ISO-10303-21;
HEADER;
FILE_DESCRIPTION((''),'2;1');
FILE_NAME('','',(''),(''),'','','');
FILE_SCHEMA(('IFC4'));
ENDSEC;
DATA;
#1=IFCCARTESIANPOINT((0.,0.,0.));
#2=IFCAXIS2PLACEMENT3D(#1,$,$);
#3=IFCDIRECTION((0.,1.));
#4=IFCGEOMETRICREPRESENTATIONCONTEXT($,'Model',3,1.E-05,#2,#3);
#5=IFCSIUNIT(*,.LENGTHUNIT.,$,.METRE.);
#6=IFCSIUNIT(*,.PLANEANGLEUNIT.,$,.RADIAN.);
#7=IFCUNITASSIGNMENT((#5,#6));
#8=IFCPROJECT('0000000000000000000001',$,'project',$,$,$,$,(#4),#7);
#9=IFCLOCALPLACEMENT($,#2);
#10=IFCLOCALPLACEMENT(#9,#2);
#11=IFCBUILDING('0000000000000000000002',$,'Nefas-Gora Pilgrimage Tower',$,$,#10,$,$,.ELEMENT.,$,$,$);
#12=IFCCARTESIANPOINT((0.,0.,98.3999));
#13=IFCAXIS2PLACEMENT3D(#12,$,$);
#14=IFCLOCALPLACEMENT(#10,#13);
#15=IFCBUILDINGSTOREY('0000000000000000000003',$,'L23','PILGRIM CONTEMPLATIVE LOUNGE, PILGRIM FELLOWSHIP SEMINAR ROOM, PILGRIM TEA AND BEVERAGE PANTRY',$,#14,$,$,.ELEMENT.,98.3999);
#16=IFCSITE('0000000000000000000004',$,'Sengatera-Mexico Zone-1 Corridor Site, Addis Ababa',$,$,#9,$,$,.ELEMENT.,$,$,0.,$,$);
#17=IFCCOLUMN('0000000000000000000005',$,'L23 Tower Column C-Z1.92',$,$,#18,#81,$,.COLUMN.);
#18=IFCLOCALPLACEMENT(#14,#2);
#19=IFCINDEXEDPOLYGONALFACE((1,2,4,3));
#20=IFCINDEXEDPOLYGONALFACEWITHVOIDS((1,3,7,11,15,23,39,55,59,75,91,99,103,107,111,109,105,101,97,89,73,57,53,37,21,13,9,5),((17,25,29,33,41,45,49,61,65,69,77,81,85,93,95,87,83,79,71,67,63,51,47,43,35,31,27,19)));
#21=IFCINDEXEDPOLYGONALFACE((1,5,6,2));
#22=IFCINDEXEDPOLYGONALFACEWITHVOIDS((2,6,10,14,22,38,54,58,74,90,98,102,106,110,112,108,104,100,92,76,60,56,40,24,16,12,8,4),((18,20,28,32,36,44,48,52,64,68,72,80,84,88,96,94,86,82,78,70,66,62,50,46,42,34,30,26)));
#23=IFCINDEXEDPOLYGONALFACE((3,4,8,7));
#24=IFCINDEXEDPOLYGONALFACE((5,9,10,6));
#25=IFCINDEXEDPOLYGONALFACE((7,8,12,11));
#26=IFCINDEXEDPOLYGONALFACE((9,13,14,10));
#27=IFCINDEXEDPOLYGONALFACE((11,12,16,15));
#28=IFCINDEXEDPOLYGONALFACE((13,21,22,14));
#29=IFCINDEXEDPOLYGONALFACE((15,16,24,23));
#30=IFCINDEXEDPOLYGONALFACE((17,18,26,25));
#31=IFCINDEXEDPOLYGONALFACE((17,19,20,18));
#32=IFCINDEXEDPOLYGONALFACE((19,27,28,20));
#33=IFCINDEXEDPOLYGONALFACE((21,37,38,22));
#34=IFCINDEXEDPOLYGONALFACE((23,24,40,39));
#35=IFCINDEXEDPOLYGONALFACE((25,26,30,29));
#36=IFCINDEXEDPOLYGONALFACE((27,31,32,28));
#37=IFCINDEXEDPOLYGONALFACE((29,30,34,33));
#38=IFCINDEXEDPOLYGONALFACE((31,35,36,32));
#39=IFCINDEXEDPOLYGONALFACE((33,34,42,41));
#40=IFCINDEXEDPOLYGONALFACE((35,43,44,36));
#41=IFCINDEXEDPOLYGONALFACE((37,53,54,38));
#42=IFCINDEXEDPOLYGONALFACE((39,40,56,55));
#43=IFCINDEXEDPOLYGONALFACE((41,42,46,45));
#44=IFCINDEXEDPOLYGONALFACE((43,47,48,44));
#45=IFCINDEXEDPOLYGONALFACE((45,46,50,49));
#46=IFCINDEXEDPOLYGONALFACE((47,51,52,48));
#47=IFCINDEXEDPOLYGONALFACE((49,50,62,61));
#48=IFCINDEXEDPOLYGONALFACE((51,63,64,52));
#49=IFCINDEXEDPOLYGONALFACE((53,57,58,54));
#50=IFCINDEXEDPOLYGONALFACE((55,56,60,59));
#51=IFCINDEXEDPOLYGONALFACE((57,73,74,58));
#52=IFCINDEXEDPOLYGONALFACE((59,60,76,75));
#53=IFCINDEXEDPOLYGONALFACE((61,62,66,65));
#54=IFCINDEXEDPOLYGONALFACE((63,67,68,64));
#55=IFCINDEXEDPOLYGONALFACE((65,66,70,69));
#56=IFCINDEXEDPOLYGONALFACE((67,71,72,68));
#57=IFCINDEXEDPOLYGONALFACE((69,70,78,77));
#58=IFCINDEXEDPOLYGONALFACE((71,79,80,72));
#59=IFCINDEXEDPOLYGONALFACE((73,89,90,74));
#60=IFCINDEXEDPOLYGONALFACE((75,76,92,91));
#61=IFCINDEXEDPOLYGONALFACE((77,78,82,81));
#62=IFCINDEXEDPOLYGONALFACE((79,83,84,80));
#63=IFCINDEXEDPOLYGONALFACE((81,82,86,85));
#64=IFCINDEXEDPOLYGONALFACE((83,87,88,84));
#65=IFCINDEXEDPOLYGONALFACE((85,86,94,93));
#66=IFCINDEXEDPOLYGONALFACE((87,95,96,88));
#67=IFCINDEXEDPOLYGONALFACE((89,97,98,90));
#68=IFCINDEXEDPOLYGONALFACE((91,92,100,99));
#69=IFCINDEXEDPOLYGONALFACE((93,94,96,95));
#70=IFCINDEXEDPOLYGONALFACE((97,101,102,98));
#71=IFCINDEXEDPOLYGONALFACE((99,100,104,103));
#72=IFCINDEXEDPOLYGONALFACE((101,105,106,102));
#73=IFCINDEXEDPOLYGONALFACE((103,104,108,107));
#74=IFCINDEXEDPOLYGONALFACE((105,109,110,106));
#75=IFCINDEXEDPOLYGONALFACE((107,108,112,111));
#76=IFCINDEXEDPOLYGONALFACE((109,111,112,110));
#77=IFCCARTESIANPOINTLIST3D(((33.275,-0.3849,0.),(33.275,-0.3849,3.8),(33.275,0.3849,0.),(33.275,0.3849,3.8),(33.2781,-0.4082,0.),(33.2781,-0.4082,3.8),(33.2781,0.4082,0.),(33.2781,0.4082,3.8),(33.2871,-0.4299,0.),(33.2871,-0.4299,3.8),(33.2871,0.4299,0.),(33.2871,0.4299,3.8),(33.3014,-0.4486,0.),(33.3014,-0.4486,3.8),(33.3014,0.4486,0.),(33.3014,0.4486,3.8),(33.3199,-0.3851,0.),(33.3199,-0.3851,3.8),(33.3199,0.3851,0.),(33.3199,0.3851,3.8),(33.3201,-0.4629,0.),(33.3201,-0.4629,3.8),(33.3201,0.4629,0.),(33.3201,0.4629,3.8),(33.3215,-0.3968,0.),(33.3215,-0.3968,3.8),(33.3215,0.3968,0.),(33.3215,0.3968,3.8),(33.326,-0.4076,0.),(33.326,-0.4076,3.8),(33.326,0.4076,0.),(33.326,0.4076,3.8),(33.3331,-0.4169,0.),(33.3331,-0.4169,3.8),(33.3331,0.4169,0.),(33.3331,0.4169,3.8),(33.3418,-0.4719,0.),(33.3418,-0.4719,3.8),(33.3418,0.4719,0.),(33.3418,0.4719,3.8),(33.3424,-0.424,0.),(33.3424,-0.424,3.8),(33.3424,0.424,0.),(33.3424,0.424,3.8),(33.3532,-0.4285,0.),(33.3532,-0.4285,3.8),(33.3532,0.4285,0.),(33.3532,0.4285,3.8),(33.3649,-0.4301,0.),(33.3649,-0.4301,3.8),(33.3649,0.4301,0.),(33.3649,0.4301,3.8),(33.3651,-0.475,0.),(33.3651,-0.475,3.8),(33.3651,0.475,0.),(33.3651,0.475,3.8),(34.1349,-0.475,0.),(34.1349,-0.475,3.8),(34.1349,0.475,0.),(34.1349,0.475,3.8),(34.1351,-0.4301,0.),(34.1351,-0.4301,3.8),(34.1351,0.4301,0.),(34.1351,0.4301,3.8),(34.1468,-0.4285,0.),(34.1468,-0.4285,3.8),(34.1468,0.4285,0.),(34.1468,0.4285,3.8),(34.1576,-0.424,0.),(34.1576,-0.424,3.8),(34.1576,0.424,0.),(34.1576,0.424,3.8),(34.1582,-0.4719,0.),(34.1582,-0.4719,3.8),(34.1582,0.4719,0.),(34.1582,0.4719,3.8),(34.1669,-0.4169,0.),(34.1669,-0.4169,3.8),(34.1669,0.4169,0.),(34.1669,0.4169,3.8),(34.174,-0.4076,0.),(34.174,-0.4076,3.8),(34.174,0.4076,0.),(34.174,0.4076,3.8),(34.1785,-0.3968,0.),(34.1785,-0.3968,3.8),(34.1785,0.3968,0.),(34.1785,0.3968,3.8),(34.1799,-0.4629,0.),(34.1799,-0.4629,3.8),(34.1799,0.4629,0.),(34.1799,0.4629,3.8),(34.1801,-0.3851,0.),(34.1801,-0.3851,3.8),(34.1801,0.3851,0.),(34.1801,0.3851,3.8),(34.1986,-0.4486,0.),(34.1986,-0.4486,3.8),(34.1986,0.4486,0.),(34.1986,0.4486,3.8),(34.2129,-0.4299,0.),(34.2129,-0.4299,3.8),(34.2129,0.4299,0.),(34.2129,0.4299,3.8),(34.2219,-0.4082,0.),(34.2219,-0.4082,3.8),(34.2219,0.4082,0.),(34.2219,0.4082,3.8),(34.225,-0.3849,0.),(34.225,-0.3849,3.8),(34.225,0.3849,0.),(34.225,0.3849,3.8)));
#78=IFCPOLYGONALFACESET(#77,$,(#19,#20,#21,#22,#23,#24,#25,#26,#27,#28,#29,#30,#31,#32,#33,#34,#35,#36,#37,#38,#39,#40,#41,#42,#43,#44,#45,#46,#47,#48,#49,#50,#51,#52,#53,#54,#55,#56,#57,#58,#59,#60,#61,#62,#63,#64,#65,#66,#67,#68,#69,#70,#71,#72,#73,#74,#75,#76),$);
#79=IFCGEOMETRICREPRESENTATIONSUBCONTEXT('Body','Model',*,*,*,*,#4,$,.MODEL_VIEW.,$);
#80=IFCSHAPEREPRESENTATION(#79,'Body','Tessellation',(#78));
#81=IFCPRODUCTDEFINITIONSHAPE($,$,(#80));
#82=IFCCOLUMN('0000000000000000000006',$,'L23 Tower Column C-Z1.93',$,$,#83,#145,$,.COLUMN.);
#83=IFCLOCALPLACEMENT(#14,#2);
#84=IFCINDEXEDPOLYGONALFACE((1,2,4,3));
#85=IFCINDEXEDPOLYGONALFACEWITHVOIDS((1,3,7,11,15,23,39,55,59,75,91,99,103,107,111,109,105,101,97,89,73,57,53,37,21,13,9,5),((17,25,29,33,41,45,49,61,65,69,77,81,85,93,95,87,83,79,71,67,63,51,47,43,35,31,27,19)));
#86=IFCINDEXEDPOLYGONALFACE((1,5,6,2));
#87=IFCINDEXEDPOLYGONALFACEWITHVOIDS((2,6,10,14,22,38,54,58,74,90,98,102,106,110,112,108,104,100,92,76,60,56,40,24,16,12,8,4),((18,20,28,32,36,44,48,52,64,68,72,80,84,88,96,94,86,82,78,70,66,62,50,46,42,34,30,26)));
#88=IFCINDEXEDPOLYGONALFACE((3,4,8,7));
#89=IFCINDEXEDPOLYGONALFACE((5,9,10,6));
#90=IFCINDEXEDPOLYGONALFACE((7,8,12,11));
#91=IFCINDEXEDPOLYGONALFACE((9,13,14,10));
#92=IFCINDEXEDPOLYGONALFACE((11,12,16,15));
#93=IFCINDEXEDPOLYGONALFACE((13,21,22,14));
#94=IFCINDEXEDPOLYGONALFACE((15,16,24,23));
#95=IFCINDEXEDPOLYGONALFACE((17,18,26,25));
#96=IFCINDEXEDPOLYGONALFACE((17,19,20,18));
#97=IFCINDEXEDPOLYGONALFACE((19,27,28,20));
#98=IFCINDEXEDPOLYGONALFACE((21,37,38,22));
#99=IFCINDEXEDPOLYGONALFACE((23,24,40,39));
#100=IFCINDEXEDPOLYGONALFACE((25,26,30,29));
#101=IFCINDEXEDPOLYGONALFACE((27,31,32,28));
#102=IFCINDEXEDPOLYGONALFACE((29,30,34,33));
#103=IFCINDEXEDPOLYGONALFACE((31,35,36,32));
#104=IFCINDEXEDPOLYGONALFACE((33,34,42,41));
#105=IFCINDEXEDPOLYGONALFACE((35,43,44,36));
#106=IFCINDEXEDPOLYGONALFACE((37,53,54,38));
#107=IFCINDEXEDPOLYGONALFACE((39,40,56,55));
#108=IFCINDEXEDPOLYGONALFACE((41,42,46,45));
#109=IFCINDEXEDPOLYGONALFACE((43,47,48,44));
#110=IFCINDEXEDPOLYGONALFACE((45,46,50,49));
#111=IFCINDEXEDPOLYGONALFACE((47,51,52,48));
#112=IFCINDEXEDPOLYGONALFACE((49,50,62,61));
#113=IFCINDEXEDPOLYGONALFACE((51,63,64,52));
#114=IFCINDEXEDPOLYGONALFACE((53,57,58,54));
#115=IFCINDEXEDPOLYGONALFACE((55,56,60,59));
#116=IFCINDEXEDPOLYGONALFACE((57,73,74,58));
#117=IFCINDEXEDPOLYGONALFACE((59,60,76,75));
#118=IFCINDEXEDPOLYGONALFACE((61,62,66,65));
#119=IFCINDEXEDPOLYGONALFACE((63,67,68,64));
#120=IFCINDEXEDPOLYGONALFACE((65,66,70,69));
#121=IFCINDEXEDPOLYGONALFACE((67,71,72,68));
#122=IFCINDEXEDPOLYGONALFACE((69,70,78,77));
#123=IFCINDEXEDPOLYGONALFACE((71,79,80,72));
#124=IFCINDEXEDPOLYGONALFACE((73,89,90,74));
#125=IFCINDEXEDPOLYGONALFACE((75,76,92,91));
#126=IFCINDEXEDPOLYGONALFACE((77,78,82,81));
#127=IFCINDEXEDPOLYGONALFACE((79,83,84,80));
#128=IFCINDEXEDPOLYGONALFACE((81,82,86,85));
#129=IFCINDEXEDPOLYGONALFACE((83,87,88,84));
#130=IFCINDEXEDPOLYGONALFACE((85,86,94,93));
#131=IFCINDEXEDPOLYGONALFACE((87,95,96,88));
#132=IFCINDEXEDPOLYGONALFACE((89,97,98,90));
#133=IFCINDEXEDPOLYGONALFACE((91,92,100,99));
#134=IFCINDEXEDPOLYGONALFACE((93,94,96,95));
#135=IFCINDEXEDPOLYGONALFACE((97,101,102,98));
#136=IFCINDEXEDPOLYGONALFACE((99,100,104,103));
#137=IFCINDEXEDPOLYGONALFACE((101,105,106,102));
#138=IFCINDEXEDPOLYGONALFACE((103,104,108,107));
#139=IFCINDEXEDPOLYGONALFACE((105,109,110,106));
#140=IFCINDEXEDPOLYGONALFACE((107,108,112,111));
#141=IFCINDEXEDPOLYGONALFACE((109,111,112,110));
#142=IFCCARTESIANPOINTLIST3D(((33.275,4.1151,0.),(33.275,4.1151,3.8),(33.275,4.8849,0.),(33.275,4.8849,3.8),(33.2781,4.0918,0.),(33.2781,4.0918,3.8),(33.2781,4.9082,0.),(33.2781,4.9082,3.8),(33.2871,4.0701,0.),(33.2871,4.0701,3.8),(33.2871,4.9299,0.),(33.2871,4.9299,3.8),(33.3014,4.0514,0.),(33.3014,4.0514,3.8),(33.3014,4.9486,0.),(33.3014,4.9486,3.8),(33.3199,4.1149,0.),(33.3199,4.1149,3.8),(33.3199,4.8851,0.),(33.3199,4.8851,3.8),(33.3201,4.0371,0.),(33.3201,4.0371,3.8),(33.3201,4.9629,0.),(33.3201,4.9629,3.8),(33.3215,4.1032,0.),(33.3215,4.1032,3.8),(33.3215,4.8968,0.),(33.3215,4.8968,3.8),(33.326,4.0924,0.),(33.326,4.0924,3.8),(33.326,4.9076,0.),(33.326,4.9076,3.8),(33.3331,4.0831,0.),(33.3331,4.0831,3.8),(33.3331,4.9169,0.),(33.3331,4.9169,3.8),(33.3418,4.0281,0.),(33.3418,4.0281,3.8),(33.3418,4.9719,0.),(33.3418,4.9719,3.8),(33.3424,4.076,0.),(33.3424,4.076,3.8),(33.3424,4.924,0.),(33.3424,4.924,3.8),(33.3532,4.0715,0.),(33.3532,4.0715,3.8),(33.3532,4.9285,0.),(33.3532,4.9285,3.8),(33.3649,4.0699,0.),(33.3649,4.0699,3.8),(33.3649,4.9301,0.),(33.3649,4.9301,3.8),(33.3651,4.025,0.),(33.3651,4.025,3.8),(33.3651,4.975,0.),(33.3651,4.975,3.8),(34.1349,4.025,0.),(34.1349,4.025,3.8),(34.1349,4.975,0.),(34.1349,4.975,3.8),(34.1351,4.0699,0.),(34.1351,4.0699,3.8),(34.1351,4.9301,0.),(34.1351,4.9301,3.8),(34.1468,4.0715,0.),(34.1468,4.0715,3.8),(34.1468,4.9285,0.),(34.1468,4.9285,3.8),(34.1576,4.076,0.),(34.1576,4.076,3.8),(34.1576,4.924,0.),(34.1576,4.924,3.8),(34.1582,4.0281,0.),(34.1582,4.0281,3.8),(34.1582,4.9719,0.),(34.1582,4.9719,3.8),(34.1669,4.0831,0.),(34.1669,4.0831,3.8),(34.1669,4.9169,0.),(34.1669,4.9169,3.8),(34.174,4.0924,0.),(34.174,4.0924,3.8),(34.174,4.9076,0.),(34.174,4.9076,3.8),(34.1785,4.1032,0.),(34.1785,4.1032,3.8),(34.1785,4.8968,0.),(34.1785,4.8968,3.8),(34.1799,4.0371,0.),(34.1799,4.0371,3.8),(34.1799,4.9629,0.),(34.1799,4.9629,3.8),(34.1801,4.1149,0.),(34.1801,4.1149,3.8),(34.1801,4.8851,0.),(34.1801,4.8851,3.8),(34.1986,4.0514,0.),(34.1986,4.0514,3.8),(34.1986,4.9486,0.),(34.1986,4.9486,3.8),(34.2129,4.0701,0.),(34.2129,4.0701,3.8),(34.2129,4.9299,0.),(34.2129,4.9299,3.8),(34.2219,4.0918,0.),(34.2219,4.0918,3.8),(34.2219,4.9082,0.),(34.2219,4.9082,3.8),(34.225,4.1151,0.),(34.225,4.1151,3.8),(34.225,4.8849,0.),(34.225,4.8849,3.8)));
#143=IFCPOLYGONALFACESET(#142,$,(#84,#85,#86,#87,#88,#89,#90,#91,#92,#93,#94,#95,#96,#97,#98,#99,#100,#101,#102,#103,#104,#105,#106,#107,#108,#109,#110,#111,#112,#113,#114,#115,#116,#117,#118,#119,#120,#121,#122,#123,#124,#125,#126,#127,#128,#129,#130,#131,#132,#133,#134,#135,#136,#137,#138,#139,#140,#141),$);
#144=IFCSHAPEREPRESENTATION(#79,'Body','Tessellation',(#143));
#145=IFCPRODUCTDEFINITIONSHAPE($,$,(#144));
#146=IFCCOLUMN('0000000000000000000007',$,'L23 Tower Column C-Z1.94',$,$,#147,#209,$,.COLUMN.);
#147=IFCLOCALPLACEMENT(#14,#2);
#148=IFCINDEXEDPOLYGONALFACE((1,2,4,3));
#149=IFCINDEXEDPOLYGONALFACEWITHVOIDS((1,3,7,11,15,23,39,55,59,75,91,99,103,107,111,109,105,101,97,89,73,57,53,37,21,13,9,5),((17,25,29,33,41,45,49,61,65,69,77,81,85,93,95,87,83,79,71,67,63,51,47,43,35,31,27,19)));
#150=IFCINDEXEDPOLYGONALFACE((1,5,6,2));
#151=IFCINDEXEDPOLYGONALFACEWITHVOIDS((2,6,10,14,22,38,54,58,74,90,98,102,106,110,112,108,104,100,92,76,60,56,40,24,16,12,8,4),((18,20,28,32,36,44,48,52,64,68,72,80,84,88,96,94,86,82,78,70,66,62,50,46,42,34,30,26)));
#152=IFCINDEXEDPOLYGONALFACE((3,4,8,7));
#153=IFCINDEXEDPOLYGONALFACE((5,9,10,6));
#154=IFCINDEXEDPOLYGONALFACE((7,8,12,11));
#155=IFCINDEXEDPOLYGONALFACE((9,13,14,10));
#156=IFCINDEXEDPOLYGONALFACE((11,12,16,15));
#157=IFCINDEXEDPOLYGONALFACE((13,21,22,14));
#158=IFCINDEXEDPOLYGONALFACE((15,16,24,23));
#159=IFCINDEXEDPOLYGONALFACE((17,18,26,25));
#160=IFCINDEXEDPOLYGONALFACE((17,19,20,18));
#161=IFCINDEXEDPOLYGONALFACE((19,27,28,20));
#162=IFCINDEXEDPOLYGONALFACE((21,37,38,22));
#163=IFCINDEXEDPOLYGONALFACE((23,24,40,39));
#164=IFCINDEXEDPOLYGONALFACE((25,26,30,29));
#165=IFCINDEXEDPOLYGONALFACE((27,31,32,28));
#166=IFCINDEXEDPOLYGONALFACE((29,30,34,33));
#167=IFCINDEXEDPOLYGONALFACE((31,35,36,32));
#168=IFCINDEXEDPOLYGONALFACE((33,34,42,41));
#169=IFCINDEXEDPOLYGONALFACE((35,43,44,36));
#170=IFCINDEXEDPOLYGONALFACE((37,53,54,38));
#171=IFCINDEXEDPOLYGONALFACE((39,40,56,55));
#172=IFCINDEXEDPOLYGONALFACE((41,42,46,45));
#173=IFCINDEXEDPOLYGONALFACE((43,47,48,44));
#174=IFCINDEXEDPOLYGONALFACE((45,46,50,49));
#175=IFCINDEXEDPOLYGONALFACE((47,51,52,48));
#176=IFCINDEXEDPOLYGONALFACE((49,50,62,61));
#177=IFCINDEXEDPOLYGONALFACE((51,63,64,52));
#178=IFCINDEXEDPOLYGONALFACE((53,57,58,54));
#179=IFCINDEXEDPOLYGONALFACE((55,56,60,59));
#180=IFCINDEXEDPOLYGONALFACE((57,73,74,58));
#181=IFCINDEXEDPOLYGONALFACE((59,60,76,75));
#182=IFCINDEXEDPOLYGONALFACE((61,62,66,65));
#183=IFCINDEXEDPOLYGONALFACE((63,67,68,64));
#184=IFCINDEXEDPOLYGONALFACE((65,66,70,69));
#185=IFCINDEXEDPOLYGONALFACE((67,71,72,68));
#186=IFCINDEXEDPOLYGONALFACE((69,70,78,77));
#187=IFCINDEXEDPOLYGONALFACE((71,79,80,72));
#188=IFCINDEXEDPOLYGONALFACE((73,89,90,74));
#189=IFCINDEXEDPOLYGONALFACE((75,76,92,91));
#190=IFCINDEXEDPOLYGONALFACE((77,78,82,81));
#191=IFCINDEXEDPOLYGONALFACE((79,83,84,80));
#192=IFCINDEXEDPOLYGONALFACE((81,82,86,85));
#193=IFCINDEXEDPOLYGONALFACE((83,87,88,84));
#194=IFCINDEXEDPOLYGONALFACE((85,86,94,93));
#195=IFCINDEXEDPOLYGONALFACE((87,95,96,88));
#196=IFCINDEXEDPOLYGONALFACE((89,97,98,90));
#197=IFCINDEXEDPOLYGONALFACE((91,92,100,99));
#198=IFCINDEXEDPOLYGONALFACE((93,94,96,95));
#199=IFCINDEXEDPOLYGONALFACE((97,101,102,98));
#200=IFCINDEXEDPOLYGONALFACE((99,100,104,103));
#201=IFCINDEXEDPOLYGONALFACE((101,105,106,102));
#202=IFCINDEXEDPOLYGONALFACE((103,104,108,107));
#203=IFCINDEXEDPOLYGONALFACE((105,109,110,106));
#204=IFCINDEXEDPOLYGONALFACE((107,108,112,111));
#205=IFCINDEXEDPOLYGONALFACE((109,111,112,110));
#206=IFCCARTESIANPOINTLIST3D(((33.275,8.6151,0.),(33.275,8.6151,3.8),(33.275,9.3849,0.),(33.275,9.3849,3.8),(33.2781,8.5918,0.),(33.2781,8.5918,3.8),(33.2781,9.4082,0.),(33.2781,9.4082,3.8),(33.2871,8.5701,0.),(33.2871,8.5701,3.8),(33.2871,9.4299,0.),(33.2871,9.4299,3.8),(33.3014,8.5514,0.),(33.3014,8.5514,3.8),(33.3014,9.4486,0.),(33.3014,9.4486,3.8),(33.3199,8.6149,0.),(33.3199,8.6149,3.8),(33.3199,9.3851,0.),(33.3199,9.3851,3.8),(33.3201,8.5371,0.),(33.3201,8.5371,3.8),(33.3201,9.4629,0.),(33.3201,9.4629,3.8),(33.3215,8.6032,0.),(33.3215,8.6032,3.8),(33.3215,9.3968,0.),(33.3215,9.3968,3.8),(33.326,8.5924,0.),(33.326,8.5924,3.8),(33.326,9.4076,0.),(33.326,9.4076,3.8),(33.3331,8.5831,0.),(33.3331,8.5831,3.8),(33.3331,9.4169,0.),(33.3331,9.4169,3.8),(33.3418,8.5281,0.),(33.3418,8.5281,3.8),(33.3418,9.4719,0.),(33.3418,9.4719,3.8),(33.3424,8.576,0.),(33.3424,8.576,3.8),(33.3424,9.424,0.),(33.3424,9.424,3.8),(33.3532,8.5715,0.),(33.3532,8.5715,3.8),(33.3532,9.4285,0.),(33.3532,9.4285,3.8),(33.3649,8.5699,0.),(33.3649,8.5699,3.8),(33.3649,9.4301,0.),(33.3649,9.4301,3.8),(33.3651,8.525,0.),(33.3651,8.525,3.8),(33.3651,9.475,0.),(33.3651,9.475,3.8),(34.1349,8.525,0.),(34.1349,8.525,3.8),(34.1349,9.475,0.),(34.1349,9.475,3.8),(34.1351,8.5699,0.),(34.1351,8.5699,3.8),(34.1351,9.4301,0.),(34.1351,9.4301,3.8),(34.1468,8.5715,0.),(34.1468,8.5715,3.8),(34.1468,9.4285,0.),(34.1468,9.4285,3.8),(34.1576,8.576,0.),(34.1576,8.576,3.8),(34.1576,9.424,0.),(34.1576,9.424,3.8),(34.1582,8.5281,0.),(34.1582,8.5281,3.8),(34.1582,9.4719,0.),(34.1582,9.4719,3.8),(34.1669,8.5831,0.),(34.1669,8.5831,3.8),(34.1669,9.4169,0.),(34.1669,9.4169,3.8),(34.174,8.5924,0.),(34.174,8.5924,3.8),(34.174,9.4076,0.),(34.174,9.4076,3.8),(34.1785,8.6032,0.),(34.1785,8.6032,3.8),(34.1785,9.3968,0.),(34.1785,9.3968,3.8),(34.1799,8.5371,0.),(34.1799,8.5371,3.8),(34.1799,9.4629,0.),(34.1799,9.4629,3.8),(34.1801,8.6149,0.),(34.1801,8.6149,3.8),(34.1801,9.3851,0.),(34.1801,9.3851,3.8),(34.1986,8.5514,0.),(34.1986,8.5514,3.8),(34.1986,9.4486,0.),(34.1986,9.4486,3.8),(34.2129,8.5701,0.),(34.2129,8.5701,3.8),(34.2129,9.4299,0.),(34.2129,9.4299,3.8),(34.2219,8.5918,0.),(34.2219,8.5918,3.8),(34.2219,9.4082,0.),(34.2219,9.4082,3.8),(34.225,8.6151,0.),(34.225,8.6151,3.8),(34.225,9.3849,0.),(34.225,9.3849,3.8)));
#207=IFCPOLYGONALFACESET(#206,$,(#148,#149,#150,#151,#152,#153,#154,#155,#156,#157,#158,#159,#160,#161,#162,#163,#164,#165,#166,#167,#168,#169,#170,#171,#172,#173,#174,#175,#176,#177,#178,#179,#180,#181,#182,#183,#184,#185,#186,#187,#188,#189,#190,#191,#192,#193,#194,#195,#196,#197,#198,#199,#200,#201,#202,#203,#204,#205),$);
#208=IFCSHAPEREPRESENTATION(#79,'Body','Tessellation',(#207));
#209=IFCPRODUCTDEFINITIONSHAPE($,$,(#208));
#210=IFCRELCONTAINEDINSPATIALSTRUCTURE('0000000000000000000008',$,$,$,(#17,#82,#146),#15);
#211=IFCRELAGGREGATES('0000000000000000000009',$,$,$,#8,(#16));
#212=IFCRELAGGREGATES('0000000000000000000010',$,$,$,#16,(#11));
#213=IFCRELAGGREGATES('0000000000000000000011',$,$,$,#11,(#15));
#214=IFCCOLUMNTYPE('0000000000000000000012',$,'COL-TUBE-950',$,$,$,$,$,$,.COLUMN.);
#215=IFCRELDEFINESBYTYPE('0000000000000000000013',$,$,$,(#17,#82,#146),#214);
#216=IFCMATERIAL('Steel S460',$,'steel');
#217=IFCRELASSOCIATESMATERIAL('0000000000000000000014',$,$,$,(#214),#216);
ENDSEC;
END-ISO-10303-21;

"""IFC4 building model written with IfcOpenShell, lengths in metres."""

from ifc_helpers import new_model, si_unit, direction, frame, origin, origin_2d, place, context, subcontext, project, spatial, hollow_rectangle, extrude, source, transform, mapped, material, material_profile, profile_set, type_object, element, save


model = new_model("IFC4")

# Units and contexts
model_context = context("Model", 3, precision=1e-05, world=origin(), true_north=direction((0.0, 1.0)))
body_context = subcontext(model_context, "Body", "Model", "MODEL_VIEW")
ifc_project = project(units=[si_unit("LENGTHUNIT", "METRE"), si_unit("PLANEANGLEUNIT", "RADIAN")], contexts=[model_context])

# Site, building, storey
site_placement = place(None, origin())
site = spatial("IfcSite", under=ifc_project, at=site_placement, Name="Sengatera-Mexico Zone-1 Corridor Site, Addis Ababa", CompositionType="ELEMENT", RefElevation=0.0)
building_placement = place(site_placement, origin())
building = spatial("IfcBuilding", under=site, at=building_placement, Name="Nefas-Gora Pilgrimage Tower", CompositionType="ELEMENT")
storey_placement = place(building_placement, frame((0.0, 0.0, 98.3999)))
storey = spatial("IfcBuildingStorey", under=building, at=storey_placement, Name="L23", Description="PILGRIM CONTEMPLATIVE LOUNGE, PILGRIM FELLOWSHIP SEMINAR ROOM, PILGRIM TEA AND BEVERAGE PANTRY", CompositionType="ELEMENT", Elevation=98.3999)

# Columns
ifc_material_1 = material(Name="Steel S460", Category="steel")
ifc_material_profile_1 = material_profile(ifc_material_1, hollow_rectangle(XDim=0.95, YDim=0.95, WallThickness=0.0449, InnerFilletRadius=0.0449, OuterFilletRadius=0.0901, at=origin_2d()), Name="BOX 950x950x45")
ifc_profile_set_1 = profile_set([ifc_material_profile_1], Name="Steel S460")
column_type_1 = type_object("IfcColumnType", Name="COL-TUBE-950", PredefinedType="COLUMN", material=ifc_profile_set_1)
shared_shape_1 = source(origin(), body_context, "Body", "SweptSolid", [
    extrude(hollow_rectangle(XDim=0.95, YDim=0.95, WallThickness=0.0449, InnerFilletRadius=0.0449, OuterFilletRadius=0.0901, at=origin_2d()), origin(), (0.0, 0.0, 1.0), 3.8),
])
for number, where, z_axis, x_axis, name in (
    (1, (33.75, 0.0, 0.0), (0.0, 0.0, 1.0), (1.0, 0.0, 0.0), "L23 Tower Column C-Z1.92"),
    (2, (33.75, 4.5, 0.0), (0.0, 0.0, 1.0), (1.0, 0.0, 0.0), "L23 Tower Column C-Z1.93"),
    (3, (33.75, 9.0, 0.0), (0.0, 0.0, 1.0), (1.0, 0.0, 0.0), "L23 Tower Column C-Z1.94"),
):
    element("IfcColumn", number, at=place(storey_placement, frame(where, z_axis=z_axis, x_axis=x_axis)), inside=storey, type_object=column_type_1, Name=name, PredefinedType="COLUMN", context=body_context, shape_type="MappedRepresentation", body=[
        mapped(shared_shape_1, transform((0.0, 0.0, 0.0), x_axis=(1.0, 0.0, 0.0), y_axis=(0.0, 1.0, 0.0), z_axis=(0.0, 0.0, 1.0), scale=1.0)),
    ])

save(model, "model.ifc")
